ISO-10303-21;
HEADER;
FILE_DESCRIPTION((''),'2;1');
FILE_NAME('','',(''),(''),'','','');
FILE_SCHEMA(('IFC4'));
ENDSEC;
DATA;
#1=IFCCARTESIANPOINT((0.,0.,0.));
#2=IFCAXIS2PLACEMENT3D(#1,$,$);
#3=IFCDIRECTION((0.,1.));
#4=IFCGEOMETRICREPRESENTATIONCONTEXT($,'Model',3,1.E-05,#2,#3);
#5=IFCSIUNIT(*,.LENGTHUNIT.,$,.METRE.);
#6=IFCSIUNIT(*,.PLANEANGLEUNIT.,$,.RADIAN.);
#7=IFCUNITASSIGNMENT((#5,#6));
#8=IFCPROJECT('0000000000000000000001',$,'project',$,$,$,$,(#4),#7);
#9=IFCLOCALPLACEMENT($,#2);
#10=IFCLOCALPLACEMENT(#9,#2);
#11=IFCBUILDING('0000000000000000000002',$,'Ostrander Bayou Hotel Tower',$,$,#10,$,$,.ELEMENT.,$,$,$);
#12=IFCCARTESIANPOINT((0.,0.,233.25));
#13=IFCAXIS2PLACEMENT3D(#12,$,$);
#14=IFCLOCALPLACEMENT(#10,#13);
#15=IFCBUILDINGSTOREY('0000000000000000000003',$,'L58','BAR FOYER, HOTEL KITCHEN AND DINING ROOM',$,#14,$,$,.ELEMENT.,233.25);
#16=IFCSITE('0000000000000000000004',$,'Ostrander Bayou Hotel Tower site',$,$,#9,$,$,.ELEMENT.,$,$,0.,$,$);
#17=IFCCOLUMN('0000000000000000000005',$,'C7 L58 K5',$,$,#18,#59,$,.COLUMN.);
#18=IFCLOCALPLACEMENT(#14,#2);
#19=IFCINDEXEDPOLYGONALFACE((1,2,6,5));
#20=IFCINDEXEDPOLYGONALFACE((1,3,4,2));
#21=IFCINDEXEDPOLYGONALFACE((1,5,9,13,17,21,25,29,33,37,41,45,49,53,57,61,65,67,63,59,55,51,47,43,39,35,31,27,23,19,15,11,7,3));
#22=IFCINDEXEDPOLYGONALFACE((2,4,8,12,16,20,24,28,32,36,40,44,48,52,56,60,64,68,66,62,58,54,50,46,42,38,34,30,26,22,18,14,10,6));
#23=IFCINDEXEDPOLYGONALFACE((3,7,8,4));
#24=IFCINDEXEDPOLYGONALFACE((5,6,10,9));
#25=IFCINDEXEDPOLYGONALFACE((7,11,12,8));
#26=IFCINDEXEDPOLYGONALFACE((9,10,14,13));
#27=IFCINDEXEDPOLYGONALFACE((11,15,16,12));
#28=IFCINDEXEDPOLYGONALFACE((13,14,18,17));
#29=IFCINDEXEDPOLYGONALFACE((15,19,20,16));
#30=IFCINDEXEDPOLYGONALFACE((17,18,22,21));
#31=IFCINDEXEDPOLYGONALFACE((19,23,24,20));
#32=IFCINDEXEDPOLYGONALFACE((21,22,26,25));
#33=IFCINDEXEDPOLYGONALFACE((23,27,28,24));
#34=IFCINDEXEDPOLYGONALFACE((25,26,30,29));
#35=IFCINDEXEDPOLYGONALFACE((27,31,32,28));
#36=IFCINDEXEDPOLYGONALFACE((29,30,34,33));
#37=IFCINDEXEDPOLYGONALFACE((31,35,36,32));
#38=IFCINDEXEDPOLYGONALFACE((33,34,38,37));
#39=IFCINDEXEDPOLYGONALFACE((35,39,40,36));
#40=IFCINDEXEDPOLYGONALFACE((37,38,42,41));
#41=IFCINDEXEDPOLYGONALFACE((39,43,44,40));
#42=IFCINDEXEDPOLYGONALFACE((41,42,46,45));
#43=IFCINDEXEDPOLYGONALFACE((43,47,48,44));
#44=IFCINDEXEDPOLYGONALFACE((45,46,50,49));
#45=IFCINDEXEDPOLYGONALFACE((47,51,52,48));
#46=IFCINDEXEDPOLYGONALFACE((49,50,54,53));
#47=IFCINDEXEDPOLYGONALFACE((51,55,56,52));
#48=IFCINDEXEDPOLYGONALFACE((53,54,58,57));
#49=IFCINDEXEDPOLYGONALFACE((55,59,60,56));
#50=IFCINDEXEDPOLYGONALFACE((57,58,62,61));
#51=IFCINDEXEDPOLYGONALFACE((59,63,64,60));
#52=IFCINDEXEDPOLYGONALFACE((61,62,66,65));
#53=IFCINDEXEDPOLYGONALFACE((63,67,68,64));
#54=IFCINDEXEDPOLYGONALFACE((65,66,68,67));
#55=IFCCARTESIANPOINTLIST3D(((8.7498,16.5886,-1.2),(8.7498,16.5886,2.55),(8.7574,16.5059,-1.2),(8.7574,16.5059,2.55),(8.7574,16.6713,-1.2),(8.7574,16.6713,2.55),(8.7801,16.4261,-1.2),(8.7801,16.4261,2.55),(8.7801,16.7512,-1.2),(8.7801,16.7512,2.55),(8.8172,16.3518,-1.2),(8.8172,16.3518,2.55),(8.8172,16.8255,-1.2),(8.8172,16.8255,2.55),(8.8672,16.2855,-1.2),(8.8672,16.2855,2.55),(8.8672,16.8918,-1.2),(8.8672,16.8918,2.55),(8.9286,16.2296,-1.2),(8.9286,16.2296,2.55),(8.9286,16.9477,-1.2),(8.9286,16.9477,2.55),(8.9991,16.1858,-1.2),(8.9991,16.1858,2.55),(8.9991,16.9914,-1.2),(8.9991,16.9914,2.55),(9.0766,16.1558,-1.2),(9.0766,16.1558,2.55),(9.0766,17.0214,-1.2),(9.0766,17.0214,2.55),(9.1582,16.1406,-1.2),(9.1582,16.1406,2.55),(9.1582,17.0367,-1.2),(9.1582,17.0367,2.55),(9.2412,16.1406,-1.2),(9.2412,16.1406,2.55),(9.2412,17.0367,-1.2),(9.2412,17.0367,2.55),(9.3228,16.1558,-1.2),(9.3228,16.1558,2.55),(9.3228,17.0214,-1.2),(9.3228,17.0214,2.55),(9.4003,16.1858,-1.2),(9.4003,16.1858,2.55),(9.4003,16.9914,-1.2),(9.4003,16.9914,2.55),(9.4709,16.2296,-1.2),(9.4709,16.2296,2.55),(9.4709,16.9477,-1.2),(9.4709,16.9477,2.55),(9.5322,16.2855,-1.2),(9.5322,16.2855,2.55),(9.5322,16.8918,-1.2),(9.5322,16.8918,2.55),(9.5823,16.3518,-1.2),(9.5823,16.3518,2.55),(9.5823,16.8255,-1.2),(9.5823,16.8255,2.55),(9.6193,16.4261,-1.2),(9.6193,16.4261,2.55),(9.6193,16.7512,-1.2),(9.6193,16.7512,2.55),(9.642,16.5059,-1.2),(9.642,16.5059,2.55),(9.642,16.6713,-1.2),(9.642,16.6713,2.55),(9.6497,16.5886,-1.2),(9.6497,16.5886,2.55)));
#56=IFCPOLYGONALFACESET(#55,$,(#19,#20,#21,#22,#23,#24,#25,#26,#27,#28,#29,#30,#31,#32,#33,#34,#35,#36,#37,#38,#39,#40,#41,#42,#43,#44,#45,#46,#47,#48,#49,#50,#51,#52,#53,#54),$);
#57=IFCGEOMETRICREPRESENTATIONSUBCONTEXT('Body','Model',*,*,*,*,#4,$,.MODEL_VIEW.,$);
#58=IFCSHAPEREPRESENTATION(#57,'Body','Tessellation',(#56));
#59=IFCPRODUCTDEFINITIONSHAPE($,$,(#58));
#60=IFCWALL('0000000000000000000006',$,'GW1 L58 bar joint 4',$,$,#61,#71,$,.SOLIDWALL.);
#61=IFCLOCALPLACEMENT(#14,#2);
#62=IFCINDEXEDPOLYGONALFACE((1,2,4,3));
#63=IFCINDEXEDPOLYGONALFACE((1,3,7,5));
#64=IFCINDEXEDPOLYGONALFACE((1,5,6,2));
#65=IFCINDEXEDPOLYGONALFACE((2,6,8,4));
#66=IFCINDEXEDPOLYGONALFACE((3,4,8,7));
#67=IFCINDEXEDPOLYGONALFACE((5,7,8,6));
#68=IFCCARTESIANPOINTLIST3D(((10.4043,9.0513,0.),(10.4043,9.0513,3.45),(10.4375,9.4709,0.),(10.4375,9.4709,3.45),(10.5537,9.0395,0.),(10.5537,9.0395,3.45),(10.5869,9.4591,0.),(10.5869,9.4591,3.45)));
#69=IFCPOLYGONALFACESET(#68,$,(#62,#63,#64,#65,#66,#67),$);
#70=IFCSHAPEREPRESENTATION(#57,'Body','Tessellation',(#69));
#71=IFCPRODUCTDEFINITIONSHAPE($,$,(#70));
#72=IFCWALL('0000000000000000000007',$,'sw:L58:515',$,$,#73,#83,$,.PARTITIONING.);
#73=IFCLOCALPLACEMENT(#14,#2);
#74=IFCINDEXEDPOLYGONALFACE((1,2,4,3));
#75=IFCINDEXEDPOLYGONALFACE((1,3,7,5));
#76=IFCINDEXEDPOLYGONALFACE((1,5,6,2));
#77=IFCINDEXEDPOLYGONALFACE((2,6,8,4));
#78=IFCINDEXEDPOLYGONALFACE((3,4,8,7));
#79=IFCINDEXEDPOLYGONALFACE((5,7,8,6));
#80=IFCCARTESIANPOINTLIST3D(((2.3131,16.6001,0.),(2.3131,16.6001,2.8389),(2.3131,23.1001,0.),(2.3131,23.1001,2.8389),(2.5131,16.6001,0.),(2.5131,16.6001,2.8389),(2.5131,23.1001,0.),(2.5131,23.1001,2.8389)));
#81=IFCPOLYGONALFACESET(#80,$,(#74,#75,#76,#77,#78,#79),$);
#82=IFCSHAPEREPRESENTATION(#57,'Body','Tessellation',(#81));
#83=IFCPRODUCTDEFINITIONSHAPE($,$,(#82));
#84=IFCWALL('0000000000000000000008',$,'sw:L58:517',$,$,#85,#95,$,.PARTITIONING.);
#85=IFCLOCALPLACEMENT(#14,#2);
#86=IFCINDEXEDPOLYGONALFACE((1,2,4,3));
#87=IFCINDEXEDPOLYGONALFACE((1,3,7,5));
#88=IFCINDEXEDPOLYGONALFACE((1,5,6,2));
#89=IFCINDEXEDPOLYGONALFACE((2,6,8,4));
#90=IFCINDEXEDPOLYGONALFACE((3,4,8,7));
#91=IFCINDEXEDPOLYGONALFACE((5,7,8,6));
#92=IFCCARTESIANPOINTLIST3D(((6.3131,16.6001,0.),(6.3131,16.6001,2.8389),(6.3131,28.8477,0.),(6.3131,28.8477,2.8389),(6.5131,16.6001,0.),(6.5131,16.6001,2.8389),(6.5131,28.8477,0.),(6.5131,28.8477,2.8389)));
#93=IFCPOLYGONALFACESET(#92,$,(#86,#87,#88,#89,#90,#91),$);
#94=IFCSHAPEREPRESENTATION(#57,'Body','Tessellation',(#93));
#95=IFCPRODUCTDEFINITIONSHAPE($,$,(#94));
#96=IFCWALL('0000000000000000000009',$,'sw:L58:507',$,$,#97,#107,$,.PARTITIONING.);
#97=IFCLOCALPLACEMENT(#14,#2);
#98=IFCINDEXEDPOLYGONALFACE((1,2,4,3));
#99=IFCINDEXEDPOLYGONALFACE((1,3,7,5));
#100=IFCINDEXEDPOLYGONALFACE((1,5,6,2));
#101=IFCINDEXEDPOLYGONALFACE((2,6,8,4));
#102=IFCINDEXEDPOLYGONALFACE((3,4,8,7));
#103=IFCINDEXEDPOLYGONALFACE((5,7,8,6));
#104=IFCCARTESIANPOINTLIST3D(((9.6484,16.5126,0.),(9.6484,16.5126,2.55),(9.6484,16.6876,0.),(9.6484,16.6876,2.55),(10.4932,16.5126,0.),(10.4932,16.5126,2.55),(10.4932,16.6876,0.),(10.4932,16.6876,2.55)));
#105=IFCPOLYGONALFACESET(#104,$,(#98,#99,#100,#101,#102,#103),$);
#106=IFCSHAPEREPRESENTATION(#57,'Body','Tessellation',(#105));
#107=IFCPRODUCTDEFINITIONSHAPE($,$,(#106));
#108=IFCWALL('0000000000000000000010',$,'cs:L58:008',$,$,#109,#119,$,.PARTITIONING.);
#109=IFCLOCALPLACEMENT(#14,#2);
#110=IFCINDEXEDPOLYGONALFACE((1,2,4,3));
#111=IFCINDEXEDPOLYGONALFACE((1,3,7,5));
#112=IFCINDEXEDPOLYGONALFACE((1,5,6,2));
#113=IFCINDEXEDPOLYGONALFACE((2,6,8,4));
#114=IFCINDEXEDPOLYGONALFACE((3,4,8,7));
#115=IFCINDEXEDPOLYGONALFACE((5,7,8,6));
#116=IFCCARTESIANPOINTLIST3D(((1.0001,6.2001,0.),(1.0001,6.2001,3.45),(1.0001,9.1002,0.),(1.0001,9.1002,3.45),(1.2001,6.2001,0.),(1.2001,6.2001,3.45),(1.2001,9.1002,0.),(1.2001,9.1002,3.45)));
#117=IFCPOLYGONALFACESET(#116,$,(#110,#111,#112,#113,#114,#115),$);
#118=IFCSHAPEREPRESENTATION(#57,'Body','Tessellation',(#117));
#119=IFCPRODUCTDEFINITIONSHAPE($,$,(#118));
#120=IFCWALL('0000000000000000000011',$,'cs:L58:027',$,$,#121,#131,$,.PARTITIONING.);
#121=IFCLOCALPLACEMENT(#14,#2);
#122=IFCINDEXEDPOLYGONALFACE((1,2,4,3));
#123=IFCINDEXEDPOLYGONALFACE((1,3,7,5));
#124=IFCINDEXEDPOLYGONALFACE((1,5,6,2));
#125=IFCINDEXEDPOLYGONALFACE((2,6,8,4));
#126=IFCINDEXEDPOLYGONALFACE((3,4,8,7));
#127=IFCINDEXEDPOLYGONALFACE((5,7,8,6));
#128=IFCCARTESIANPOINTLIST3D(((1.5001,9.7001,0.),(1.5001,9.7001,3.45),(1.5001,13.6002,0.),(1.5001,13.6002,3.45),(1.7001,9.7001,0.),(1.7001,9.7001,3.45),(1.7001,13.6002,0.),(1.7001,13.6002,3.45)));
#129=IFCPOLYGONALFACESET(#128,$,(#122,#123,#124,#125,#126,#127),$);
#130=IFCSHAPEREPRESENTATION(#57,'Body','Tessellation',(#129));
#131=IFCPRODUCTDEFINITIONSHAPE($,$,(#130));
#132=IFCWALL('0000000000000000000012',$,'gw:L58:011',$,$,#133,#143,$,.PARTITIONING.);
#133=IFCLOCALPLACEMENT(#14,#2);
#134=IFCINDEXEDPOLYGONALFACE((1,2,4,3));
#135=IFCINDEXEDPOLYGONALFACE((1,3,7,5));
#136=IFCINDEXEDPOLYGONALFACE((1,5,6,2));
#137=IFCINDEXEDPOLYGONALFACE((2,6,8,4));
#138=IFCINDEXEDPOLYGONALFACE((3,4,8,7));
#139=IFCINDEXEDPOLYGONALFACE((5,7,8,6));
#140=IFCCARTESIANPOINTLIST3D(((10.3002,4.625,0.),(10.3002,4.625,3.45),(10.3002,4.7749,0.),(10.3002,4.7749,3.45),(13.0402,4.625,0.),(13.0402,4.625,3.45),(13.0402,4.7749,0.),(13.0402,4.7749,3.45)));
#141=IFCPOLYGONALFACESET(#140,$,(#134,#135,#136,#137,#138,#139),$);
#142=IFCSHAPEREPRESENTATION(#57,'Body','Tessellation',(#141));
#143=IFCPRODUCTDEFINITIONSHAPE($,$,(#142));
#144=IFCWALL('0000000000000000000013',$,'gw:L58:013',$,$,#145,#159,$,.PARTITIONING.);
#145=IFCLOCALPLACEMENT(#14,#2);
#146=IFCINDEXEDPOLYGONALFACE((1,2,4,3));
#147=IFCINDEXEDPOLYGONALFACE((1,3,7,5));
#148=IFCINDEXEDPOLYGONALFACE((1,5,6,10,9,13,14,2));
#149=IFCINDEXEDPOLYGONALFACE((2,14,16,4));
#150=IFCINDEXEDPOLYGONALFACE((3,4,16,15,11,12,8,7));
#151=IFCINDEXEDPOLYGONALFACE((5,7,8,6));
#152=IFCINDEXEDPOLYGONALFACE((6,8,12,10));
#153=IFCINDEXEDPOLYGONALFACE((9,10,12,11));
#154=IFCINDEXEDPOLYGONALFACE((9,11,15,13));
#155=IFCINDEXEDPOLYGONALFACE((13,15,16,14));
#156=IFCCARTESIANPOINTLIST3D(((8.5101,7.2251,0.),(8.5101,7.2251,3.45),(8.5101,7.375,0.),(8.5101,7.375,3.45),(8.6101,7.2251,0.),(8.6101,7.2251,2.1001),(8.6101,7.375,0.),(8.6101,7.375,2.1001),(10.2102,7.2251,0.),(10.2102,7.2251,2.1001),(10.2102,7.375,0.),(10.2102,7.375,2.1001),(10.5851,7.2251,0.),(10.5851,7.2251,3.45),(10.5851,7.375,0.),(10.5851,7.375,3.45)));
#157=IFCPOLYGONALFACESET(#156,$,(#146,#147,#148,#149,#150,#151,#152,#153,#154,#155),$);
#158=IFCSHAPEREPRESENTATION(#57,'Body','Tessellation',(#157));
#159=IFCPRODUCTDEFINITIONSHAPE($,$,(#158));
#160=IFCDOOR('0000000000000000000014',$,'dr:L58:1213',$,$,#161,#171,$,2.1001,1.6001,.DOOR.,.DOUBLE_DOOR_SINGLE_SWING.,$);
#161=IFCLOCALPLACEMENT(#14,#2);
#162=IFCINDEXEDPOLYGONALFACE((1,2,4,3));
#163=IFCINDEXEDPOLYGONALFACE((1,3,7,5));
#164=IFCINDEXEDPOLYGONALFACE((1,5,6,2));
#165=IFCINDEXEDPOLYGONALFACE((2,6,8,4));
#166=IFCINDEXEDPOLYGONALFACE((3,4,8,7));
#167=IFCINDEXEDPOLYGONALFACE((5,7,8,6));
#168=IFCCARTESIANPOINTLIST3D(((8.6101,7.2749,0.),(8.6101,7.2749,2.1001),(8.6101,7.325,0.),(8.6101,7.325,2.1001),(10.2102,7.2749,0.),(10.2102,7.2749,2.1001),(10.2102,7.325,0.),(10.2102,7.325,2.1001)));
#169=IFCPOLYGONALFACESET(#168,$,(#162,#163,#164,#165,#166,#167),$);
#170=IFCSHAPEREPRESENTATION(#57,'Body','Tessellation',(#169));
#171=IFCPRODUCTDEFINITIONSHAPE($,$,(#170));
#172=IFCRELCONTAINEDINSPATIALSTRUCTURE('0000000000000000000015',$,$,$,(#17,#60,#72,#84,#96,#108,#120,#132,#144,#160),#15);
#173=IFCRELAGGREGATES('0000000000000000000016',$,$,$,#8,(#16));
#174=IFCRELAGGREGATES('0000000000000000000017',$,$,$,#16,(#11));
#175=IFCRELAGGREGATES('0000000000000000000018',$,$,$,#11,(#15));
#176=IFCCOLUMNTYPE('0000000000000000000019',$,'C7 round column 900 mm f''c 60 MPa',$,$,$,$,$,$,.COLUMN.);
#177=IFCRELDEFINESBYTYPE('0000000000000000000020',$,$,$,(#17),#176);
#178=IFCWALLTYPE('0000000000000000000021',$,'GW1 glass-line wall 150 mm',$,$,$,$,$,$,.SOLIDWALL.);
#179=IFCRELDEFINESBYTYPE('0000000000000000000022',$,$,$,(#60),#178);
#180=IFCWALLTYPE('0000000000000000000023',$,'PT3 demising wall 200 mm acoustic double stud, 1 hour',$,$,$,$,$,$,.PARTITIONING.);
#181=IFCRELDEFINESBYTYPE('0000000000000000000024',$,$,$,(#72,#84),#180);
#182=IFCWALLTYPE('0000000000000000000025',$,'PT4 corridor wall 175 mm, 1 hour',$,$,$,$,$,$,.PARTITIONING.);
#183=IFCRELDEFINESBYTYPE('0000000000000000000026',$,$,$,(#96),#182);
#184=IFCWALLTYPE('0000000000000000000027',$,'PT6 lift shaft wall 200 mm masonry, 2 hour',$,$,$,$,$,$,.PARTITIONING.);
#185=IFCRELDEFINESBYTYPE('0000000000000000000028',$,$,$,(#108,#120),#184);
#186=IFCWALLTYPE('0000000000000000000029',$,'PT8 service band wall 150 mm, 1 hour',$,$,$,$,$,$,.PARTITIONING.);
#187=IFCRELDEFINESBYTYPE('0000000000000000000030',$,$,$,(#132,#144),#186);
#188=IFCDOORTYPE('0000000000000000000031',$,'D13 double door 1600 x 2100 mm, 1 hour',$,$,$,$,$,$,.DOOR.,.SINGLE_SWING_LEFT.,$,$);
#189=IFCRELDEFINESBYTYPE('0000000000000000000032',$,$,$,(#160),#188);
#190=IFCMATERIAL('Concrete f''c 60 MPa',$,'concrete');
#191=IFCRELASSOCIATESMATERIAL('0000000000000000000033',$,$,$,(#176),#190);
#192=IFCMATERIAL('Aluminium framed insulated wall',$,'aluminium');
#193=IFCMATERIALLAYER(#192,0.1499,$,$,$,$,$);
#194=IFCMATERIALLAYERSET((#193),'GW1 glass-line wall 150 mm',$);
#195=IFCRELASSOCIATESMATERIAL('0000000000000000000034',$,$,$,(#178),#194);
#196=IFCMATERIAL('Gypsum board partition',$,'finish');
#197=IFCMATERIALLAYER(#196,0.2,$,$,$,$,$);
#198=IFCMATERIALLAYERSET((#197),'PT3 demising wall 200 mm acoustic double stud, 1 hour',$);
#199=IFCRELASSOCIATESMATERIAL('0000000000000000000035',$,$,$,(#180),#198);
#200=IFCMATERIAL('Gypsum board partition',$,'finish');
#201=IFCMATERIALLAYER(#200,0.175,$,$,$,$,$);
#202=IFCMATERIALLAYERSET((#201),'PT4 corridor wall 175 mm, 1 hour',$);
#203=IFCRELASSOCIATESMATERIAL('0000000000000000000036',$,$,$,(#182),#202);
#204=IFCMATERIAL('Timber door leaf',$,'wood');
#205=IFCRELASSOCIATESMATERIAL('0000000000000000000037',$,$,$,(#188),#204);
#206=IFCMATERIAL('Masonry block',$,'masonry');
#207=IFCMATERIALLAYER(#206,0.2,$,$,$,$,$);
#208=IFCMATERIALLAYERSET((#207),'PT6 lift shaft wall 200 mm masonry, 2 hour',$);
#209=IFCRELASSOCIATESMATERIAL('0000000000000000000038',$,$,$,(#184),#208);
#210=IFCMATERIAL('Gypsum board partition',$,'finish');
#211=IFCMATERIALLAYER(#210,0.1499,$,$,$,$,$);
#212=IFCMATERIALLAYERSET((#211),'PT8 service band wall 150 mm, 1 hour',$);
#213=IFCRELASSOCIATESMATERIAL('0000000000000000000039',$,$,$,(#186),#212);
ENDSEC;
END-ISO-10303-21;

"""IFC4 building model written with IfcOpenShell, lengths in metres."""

from ifc_helpers import new_model, si_unit, direction, frame, frame_2d, origin, origin_2d, place, context, subcontext, project, spatial, rectangle, circle, extrude, material, layer, layer_set, material_profile, profile_set, type_object, element, fill, save


model = new_model("IFC4")

# Units and contexts
model_context = context("Model", 3, precision=1e-05, world=origin(), true_north=direction((0.0, 1.0)))
body_context = subcontext(model_context, "Body", "Model", "MODEL_VIEW")
ifc_project = project(units=[si_unit("LENGTHUNIT", "METRE"), si_unit("PLANEANGLEUNIT", "RADIAN")], contexts=[model_context])

# Site, building, storey
site_placement = place(None, origin())
site = spatial("IfcSite", under=ifc_project, at=site_placement, Name="Ostrander Bayou Hotel Tower site", CompositionType="ELEMENT", RefElevation=0.0)
building_placement = place(site_placement, origin())
building = spatial("IfcBuilding", under=site, at=building_placement, Name="Ostrander Bayou Hotel Tower", CompositionType="ELEMENT")
storey_placement = place(building_placement, frame((0.0, 0.0, 233.25)))
storey = spatial("IfcBuildingStorey", under=building, at=storey_placement, Name="L58", Description="BAR FOYER, HOTEL KITCHEN AND DINING ROOM", CompositionType="ELEMENT", Elevation=233.25)

# Column
ifc_material_1 = material(Name="Concrete f'c 60 MPa", Category="concrete")
ifc_material_profile = material_profile(ifc_material_1, circle(Radius=0.45, at=origin_2d()))
ifc_profile_set = profile_set([ifc_material_profile], Name="Concrete f'c 60 MPa")
column_type = type_object("IfcColumnType", Name="C7 round column 900 mm f'c 60 MPa", PredefinedType="COLUMN", material=ifc_profile_set)
column_placement = place(storey_placement, frame((9.1997, 16.5886, -1.2), z_axis=(0.0, 0.0, 1.0), x_axis=(1.0, 0.0, 0.0)))
element("IfcColumn", 1, at=column_placement, inside=storey, type_object=column_type, Name="C7 L58 K5", PredefinedType="COLUMN", context=body_context, shape_type="SweptSolid", body=[
    extrude(circle(Radius=0.45, at=origin_2d()), origin(), (0.0, 0.0, 1.0), 3.75),
])

# Walls
ifc_material_2 = material(Name="Aluminium framed insulated wall", Category="aluminium")
ifc_layer_1 = layer(ifc_material_2, 0.1499)
ifc_layer_set_1 = layer_set([ifc_layer_1], Name="GW1 glass-line wall 150 mm")
wall_type_1 = type_object("IfcWallType", Name="GW1 glass-line wall 150 mm", PredefinedType="SOLIDWALL", material=ifc_layer_set_1)
wall_1_placement = place(storey_placement, frame((10.479, 9.0454, 0.0), z_axis=(0.0, 0.0, 1.0), x_axis=(0.078869, 0.996885, 0.0)))
element("IfcWall", 2, at=wall_1_placement, inside=storey, type_object=wall_type_1, Name="GW1 L58 bar joint 4", PredefinedType="SOLIDWALL", context=body_context, shape_type="SweptSolid", body=[
    extrude(rectangle(XDim=0.4209, YDim=0.1499, at=frame_2d((0.2104, 0.0))), origin(), (0.0, 0.0, 1.0), 3.45),
])
ifc_material_3 = material(Name="Gypsum board partition", Category="finish")
ifc_layer_2 = layer(ifc_material_3, 0.2)
ifc_layer_set_2 = layer_set([ifc_layer_2], Name="PT3 demising wall 200 mm acoustic double stud, 1 hour")
wall_type_2 = type_object("IfcWallType", Name="PT3 demising wall 200 mm acoustic double stud, 1 hour", PredefinedType="PARTITIONING", material=ifc_layer_set_2)
wall_2_placement = place(storey_placement, frame((2.4131, 16.6001, 0.0), z_axis=(0.0, 0.0, 1.0), x_axis=(0.0, 1.0, 0.0)))
element("IfcWall", 3, at=wall_2_placement, inside=storey, type_object=wall_type_2, Name="sw:L58:515", PredefinedType="PARTITIONING", context=body_context, shape_type="SweptSolid", body=[
    extrude(rectangle(XDim=6.5, YDim=0.2, at=frame_2d((3.25, 0.0))), origin(), (0.0, 0.0, 1.0), 2.8389),
])
wall_3_placement = place(storey_placement, frame((6.4131, 16.6001, 0.0), z_axis=(0.0, 0.0, 1.0), x_axis=(0.0, 1.0, 0.0)))
element("IfcWall", 4, at=wall_3_placement, inside=storey, type_object=wall_type_2, Name="sw:L58:517", PredefinedType="PARTITIONING", context=body_context, shape_type="SweptSolid", body=[
    extrude(rectangle(XDim=12.2476, YDim=0.2, at=frame_2d((6.1238, 0.0))), origin(), (0.0, 0.0, 1.0), 2.8389),
])

# Shared definitions
ifc_material_4 = material(Name="Gypsum board partition", Category="finish")
ifc_layer_3 = layer(ifc_material_4, 0.175)
ifc_layer_set_3 = layer_set([ifc_layer_3], Name="PT4 corridor wall 175 mm, 1 hour")
wall_type_3 = type_object("IfcWallType", Name="PT4 corridor wall 175 mm, 1 hour", PredefinedType="PARTITIONING", material=ifc_layer_set_3)
ifc_material_5 = material(Name="Timber door leaf", Category="wood")
door_type_1 = type_object("IfcDoorType", Name="D13 double door 1600 x 2100 mm, 1 hour", OperationType="SINGLE_SWING_LEFT", PredefinedType="DOOR", material=ifc_material_5)

# Wall
wall_4_placement = place(storey_placement, frame((9.6484, 16.6001, 0.0), z_axis=(0.0, 0.0, 1.0), x_axis=(1.0, 0.0, 0.0)))
element("IfcWall", 5, at=wall_4_placement, inside=storey, type_object=wall_type_3, Name="sw:L58:507", PredefinedType="PARTITIONING", context=body_context, shape_type="SweptSolid", body=[
    extrude(rectangle(XDim=0.8447, YDim=0.175, at=frame_2d((0.4224, 0.0))), origin(), (0.0, 0.0, 1.0), 2.55),
])

# Shared definitions
ifc_material_6 = material(Name="Masonry block", Category="masonry")
ifc_layer_4 = layer(ifc_material_6, 0.2)
ifc_layer_set_4 = layer_set([ifc_layer_4], Name="PT6 lift shaft wall 200 mm masonry, 2 hour")
wall_type_4 = type_object("IfcWallType", Name="PT6 lift shaft wall 200 mm masonry, 2 hour", PredefinedType="PARTITIONING", material=ifc_layer_set_4)

# Walls
wall_5_placement = place(storey_placement, frame((1.1001, 6.2, 0.0), z_axis=(0.0, 0.0, 1.0), x_axis=(0.0, 1.0, 0.0)))
element("IfcWall", 6, at=wall_5_placement, inside=storey, type_object=wall_type_4, Name="cs:L58:008", PredefinedType="PARTITIONING", context=body_context, shape_type="SweptSolid", body=[
    extrude(rectangle(XDim=2.9001, YDim=0.2, at=frame_2d((1.4502, 0.0))), origin(), (0.0, 0.0, 1.0), 3.45),
])
wall_6_placement = place(storey_placement, frame((1.6001, 9.7, 0.0), z_axis=(0.0, 0.0, 1.0), x_axis=(0.0, 1.0, 0.0)))
element("IfcWall", 7, at=wall_6_placement, inside=storey, type_object=wall_type_4, Name="cs:L58:027", PredefinedType="PARTITIONING", context=body_context, shape_type="SweptSolid", body=[
    extrude(rectangle(XDim=3.9001, YDim=0.2, at=frame_2d((1.9502, 0.0))), origin(), (0.0, 0.0, 1.0), 3.45),
])
ifc_material_7 = material(Name="Gypsum board partition", Category="finish")
ifc_layer_5 = layer(ifc_material_7, 0.1499)
ifc_layer_set_5 = layer_set([ifc_layer_5], Name="PT8 service band wall 150 mm, 1 hour")
wall_type_5 = type_object("IfcWallType", Name="PT8 service band wall 150 mm, 1 hour", PredefinedType="PARTITIONING", material=ifc_layer_set_5)
wall_7_placement = place(storey_placement, frame((10.3, 4.7, 0.0), z_axis=(0.0, 0.0, 1.0), x_axis=(1.0, 0.0, 0.0)))
element("IfcWall", 8, at=wall_7_placement, inside=storey, type_object=wall_type_5, Name="gw:L58:011", PredefinedType="PARTITIONING", context=body_context, shape_type="SweptSolid", body=[
    extrude(rectangle(XDim=2.74, YDim=0.1499, at=frame_2d((1.3701, 0.0))), origin(), (0.0, 0.0, 1.0), 3.45),
])

# Wall, opening, door
wall_8_placement = place(storey_placement, frame((8.51, 7.3, 0.0), z_axis=(0.0, 0.0, 1.0), x_axis=(1.0, 0.0, 0.0)))
wall_8 = element("IfcWall", 9, at=wall_8_placement, inside=storey, type_object=wall_type_5, Name="gw:L58:013", PredefinedType="PARTITIONING", context=body_context, shape_type="SweptSolid", body=[
    extrude(rectangle(XDim=2.075, YDim=0.1499, at=frame_2d((1.0376, 0.0))), origin(), (0.0, 0.0, 1.0), 3.45),
])
opening_1_placement = place(wall_8_placement, frame((0.1001, 0.0, 0.0)))
opening_1 = element("IfcOpeningElement", 10, at=opening_1_placement, cuts=wall_8, PredefinedType="OPENING", context=body_context, shape_type="SweptSolid", body=[
    extrude(rectangle(XDim=1.6001, YDim=2.1001, at=frame_2d((0.8, 1.05))), frame((0.0, 0.075, 0.0), z_axis=(0.0, -1.0, 0.0), x_axis=(1.0, 0.0, 0.0)), (0.0, 0.0, 1.0), 0.1499),
])
door_1_placement = place(opening_1_placement, origin())
door_1 = element("IfcDoor", 11, at=door_1_placement, inside=storey, type_object=door_type_1, Name="dr:L58:1213", OperationType="DOUBLE_DOOR_SINGLE_SWING", OverallHeight=2.1001, OverallWidth=1.6001, PredefinedType="DOOR", context=body_context, shape_type="SweptSolid", body=[
    extrude(rectangle(XDim=1.6001, YDim=2.1001, at=frame_2d((0.8, 1.05))), frame((0.0, 0.0249, 0.0), z_axis=(0.0, -1.0, 0.0), x_axis=(1.0, 0.0, 0.0)), (0.0, 0.0, 1.0), 0.05),
])
fill(opening_1, door_1)

save(model, "model.ifc")
